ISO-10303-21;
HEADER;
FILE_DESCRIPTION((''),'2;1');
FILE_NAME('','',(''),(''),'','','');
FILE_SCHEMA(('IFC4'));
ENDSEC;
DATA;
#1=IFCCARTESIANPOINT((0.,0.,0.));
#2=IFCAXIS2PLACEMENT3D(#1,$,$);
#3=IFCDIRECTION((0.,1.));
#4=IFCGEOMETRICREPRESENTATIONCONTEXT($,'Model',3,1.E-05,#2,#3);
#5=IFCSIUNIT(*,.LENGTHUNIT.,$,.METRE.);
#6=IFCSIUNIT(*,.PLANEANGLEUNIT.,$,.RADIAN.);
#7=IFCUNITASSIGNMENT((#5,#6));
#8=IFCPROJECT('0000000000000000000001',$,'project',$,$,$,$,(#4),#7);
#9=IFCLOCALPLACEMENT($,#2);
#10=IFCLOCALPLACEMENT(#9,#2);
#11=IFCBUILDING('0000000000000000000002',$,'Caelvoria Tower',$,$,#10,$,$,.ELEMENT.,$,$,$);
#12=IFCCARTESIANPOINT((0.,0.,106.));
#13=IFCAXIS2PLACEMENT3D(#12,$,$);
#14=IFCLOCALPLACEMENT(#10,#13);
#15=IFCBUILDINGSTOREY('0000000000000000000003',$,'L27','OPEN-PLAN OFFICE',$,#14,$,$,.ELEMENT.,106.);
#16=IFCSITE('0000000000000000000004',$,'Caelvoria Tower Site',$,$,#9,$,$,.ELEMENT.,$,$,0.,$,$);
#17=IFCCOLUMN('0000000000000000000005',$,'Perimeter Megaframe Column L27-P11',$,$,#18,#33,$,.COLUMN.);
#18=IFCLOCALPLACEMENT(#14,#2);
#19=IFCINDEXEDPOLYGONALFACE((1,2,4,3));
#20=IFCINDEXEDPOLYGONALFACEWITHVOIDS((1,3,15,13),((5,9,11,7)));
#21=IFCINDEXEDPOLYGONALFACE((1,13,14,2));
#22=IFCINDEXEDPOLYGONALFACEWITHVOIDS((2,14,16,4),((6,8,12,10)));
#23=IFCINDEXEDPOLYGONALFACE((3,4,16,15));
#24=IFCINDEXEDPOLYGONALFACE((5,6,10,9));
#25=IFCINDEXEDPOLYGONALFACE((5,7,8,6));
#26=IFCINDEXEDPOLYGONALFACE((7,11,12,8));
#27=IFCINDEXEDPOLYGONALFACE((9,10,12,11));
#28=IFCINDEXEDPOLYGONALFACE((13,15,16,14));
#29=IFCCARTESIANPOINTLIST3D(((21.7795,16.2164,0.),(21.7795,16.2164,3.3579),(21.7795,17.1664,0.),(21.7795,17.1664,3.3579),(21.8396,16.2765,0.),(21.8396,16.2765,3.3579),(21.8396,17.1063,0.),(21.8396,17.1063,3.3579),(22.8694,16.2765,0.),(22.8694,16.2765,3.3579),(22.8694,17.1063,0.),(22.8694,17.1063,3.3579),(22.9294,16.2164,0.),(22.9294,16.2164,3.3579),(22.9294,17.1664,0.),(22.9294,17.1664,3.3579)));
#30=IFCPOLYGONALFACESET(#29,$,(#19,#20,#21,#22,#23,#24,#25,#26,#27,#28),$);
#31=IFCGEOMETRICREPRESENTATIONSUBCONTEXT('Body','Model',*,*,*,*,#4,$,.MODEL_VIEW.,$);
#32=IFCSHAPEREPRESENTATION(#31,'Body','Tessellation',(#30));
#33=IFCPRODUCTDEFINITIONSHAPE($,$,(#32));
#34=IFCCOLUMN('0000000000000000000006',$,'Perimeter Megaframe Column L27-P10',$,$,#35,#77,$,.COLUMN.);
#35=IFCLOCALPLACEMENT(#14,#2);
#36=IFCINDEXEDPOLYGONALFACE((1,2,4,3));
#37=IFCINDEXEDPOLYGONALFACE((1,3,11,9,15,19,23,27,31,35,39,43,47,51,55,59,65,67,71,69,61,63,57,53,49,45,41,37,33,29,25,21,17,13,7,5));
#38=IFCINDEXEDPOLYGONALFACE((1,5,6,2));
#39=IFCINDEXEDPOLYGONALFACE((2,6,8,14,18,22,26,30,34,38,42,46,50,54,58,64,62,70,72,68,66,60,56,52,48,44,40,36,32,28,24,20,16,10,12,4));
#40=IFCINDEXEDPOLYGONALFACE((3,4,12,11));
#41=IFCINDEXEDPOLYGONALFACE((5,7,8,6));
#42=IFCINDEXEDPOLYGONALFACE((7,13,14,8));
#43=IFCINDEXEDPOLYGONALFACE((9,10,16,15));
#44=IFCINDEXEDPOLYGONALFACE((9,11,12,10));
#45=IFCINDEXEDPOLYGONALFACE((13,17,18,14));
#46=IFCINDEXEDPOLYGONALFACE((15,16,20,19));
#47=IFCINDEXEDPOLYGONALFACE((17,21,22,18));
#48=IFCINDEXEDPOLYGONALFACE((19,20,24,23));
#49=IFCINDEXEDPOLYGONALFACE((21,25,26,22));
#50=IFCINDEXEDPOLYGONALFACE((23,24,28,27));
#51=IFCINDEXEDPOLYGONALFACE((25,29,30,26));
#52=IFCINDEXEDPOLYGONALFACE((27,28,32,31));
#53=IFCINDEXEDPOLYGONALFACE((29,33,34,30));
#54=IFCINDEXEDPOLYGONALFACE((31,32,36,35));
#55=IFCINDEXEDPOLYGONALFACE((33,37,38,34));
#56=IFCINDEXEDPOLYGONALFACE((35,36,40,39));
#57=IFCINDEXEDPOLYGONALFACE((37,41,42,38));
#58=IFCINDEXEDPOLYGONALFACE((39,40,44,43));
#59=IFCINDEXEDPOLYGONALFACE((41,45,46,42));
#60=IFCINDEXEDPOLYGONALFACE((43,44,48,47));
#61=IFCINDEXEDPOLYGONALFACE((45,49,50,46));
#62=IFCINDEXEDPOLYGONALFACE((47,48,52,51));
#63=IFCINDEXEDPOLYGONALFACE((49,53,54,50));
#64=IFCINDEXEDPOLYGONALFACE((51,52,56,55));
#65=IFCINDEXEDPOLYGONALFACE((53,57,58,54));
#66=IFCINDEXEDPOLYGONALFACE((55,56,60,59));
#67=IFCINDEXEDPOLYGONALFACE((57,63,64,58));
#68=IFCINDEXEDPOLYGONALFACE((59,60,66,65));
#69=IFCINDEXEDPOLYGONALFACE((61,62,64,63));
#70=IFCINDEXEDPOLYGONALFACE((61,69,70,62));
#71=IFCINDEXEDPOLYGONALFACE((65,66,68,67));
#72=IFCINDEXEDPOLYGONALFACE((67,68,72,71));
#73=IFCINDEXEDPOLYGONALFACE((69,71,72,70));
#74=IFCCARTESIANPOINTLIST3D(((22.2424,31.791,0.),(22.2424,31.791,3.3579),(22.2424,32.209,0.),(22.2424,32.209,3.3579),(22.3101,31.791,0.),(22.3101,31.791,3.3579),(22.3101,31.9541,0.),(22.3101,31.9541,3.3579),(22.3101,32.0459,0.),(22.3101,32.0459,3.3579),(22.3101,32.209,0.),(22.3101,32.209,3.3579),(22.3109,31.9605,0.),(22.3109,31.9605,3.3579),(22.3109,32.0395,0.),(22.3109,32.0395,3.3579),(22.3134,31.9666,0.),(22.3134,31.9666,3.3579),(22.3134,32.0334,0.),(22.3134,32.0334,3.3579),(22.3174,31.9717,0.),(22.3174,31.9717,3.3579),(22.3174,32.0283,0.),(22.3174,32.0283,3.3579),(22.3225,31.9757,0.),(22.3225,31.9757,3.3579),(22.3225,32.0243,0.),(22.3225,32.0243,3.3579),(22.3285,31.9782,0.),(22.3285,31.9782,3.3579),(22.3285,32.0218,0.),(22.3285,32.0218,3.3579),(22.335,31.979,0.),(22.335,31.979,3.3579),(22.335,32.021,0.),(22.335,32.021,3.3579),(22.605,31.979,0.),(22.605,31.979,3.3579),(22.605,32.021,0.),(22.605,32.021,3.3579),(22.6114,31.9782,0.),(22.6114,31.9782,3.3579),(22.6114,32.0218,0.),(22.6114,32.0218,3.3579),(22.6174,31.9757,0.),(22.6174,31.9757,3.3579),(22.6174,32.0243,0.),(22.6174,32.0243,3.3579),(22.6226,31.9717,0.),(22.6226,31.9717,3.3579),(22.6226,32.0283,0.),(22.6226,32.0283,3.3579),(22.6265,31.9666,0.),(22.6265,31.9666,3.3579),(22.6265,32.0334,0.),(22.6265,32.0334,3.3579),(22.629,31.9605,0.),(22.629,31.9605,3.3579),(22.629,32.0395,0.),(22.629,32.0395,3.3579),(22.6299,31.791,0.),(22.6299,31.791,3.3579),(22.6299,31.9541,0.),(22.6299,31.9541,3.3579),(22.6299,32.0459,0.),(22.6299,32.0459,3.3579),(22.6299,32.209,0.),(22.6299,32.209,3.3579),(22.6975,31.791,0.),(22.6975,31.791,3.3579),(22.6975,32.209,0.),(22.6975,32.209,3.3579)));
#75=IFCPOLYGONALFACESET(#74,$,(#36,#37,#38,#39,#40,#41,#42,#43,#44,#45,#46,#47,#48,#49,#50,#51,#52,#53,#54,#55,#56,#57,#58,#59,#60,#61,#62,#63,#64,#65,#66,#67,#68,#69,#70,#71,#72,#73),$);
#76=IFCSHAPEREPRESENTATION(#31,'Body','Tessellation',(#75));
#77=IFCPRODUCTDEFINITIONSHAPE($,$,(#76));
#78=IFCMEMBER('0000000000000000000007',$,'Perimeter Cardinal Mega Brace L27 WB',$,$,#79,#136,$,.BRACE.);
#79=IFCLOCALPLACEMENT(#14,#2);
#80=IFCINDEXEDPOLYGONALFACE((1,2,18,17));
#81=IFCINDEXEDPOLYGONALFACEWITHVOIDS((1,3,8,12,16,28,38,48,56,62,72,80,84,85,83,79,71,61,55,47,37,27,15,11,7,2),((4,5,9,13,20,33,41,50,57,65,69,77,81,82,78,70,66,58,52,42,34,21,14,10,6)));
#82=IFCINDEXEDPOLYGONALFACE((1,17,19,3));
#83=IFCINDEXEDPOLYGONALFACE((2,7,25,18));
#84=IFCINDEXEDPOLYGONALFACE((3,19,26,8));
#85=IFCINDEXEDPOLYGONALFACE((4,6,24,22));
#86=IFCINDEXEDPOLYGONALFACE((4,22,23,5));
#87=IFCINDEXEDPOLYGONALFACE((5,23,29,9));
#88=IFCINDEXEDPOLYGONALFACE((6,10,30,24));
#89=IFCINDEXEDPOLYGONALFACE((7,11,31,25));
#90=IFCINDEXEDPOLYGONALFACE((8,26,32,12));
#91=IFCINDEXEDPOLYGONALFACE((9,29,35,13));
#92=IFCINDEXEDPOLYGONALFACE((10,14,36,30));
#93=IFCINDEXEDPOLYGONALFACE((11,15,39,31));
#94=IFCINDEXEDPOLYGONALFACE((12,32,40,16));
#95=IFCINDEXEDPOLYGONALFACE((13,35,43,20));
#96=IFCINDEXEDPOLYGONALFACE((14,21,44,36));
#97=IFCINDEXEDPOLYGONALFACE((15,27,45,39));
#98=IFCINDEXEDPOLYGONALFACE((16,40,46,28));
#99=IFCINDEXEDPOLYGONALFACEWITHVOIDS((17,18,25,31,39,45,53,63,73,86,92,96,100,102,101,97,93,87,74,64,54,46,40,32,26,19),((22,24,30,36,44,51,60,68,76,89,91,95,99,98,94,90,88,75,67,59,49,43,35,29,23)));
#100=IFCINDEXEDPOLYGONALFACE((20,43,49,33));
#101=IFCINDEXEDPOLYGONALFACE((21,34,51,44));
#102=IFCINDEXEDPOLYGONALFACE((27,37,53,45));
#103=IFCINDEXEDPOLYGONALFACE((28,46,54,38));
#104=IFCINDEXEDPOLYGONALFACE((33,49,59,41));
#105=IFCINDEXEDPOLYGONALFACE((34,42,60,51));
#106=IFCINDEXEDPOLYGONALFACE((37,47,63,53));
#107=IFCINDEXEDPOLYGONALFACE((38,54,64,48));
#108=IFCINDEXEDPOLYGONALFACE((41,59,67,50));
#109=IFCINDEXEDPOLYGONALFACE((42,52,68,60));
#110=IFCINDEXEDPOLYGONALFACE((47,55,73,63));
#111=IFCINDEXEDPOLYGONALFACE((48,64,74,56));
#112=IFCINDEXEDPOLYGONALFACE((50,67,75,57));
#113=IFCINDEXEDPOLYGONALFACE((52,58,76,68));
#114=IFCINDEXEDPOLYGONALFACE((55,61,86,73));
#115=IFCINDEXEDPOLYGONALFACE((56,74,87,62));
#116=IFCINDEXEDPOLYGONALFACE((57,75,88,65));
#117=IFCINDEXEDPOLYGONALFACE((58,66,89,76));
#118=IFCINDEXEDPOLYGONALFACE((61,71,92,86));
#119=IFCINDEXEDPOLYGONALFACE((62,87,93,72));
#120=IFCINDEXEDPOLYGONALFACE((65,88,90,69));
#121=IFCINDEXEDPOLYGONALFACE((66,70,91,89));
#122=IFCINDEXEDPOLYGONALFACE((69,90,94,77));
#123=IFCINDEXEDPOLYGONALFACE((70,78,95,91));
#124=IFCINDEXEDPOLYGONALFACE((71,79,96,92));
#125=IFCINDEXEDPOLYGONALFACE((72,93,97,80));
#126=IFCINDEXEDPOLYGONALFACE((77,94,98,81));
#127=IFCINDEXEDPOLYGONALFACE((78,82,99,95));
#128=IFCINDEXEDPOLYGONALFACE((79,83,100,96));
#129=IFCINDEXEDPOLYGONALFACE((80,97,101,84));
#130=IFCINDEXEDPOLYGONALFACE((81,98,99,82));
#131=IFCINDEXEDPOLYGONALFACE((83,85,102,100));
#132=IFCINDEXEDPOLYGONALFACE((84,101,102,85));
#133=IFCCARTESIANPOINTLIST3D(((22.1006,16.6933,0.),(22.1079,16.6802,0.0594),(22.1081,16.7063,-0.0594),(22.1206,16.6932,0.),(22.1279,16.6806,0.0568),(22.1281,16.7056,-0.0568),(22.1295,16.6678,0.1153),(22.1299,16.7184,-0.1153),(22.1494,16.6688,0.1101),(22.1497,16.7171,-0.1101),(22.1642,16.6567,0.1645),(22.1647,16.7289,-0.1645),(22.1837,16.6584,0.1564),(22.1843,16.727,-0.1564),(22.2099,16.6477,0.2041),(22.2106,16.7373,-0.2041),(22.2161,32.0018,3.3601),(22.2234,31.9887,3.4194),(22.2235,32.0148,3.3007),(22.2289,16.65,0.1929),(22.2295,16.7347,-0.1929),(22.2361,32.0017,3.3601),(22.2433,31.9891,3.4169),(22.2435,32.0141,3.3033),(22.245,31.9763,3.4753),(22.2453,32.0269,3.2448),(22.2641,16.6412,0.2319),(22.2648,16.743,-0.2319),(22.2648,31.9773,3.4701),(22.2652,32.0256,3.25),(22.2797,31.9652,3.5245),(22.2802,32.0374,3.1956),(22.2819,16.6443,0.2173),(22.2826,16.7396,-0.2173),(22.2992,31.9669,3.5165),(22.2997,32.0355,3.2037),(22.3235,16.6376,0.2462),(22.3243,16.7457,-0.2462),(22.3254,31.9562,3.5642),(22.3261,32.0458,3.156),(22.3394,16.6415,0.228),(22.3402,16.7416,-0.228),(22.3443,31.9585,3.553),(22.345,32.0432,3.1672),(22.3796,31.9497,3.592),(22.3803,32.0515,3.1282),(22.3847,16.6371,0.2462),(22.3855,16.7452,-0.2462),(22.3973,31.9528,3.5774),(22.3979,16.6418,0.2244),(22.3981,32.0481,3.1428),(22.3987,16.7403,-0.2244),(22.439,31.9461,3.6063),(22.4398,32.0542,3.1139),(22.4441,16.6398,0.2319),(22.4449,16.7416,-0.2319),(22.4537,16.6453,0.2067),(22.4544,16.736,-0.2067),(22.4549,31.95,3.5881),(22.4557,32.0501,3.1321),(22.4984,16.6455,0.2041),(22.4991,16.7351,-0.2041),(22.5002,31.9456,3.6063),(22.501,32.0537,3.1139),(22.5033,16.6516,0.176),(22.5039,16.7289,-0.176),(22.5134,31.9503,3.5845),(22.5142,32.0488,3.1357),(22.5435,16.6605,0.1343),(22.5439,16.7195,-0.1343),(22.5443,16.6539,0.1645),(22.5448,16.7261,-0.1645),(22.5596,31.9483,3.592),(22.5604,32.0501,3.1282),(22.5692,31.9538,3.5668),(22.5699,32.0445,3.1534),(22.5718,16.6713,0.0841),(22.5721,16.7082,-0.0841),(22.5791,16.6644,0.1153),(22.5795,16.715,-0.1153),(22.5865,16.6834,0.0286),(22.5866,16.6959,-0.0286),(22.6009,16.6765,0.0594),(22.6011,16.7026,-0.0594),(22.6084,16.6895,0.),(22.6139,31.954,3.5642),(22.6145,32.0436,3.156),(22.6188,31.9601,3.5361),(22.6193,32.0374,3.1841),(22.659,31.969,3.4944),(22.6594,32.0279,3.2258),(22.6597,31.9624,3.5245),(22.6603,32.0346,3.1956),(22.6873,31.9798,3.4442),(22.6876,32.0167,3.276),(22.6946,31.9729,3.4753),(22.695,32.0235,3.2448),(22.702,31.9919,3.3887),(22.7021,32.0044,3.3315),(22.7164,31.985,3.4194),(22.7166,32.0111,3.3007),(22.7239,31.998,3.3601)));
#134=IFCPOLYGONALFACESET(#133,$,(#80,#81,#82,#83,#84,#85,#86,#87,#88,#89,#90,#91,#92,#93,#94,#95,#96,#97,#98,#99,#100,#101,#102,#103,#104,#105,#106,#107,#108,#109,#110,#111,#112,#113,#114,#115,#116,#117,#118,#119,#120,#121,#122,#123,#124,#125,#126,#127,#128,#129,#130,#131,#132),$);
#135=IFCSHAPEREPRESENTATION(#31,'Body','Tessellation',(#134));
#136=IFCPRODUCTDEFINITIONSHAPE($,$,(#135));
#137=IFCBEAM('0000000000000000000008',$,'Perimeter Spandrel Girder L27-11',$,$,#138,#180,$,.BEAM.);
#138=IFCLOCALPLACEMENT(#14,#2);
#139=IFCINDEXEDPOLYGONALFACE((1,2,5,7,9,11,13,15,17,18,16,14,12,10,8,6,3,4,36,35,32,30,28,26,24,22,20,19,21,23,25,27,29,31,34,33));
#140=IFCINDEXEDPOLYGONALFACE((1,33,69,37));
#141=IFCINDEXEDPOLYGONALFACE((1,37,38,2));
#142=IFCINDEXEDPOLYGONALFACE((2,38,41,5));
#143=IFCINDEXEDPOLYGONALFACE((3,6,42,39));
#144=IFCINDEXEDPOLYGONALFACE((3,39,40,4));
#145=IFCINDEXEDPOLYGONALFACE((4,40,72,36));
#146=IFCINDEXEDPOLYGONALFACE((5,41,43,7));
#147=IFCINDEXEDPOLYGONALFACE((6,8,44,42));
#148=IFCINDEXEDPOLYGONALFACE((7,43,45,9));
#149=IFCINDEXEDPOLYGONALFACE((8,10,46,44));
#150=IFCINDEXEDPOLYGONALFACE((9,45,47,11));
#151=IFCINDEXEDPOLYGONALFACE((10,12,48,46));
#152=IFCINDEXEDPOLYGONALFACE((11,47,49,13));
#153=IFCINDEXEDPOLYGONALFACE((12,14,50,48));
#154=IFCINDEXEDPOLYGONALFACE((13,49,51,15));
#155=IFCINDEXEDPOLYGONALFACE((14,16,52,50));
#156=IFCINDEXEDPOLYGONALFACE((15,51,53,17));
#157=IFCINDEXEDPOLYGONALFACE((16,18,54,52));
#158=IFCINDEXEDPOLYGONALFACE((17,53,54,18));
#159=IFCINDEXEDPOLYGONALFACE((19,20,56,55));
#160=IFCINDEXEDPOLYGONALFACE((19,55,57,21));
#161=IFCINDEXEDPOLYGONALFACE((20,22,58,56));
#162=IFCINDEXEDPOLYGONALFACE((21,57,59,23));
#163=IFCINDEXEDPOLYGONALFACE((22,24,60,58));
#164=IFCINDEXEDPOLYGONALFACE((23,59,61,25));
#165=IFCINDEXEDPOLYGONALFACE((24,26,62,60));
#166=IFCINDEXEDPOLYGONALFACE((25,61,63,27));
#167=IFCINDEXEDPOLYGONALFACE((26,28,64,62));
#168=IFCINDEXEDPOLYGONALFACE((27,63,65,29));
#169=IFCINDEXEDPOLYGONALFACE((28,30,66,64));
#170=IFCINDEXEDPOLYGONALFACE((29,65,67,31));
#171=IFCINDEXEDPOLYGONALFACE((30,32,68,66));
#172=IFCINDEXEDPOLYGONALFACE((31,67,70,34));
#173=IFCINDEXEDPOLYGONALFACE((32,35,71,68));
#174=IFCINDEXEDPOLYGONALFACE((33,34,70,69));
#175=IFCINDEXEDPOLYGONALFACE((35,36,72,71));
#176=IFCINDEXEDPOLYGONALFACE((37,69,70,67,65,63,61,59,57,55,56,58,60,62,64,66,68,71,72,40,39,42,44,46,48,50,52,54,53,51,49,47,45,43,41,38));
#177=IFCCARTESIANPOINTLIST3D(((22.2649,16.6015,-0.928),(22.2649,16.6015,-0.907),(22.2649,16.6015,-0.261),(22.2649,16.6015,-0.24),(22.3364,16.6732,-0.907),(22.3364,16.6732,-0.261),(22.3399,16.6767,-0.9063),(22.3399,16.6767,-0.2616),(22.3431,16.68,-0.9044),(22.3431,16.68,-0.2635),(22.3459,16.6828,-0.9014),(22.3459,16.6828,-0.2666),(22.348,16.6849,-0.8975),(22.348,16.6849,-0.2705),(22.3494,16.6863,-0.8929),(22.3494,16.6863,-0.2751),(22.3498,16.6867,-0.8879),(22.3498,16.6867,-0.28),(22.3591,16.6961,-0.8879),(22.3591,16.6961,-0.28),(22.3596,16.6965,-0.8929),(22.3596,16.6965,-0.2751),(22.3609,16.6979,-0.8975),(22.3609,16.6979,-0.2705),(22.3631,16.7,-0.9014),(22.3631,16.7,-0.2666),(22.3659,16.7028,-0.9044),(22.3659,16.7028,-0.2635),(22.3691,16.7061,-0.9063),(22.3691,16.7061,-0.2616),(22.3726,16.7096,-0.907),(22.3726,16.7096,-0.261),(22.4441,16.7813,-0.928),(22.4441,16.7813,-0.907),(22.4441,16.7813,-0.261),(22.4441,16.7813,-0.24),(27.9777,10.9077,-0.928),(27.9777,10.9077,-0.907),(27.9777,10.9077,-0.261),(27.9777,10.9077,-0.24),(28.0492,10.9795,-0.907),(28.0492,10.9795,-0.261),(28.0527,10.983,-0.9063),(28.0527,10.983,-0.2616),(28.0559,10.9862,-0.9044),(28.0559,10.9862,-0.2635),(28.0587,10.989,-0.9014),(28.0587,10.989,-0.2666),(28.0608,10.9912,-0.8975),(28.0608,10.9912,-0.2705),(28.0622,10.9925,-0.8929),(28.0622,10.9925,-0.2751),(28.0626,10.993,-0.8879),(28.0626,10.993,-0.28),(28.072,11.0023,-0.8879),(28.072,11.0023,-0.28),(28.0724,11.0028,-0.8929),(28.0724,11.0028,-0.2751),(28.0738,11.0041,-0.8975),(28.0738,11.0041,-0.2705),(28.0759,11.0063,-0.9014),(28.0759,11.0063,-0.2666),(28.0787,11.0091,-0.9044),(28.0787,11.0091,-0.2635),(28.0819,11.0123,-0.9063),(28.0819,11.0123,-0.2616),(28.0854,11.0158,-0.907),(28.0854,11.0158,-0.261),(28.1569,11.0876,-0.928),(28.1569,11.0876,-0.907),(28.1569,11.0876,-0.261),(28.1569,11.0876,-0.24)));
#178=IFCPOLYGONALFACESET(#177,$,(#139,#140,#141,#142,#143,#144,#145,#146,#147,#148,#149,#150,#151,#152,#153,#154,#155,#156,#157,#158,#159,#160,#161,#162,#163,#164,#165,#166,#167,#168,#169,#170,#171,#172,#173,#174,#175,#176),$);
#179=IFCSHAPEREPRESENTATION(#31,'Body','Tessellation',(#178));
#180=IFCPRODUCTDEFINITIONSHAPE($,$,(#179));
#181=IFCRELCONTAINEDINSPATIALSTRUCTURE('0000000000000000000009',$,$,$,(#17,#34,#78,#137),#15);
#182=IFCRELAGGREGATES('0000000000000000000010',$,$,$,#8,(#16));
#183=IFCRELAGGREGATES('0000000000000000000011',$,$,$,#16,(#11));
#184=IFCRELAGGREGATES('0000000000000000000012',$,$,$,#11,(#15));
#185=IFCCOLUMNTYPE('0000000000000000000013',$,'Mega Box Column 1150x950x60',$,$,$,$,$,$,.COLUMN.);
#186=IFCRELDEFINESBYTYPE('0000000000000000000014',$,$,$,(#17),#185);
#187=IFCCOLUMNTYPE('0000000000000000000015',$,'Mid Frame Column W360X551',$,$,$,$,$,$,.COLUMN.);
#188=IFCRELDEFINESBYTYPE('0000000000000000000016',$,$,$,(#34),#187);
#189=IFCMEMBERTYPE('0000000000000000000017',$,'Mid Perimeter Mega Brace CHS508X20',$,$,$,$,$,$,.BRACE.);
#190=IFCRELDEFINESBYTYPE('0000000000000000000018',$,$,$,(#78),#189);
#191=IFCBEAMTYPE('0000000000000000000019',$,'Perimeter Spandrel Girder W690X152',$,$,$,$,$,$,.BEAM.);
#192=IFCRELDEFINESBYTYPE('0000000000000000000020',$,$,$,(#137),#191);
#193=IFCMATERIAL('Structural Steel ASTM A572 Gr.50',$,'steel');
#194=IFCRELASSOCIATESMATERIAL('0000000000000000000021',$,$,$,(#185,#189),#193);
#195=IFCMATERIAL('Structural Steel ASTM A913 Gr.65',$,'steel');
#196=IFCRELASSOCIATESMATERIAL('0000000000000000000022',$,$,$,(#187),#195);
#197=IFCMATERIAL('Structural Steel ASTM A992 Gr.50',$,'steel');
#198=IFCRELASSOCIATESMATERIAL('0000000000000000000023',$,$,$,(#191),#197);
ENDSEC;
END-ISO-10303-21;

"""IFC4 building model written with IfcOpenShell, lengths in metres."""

from ifc_helpers import new_model, si_unit, direction, frame, origin, origin_2d, place, context, subcontext, project, spatial, hollow_rectangle, hollow_circle, i_section, extrude, material, material_profile, profile_set, type_object, element, save


model = new_model("IFC4")

# Units and contexts
model_context = context("Model", 3, precision=1e-05, world=origin(), true_north=direction((0.0, 1.0)))
body_context = subcontext(model_context, "Body", "Model", "MODEL_VIEW")
ifc_project = project(units=[si_unit("LENGTHUNIT", "METRE"), si_unit("PLANEANGLEUNIT", "RADIAN")], contexts=[model_context])

# Site, building, storey
site_placement = place(None, origin())
site = spatial("IfcSite", under=ifc_project, at=site_placement, Name="Caelvoria Tower Site", CompositionType="ELEMENT", RefElevation=0.0)
building_placement = place(site_placement, origin())
building = spatial("IfcBuilding", under=site, at=building_placement, Name="Caelvoria Tower", CompositionType="ELEMENT")
storey_placement = place(building_placement, frame((0.0, 0.0, 106.0)))
storey = spatial("IfcBuildingStorey", under=building, at=storey_placement, Name="L27", Description="OPEN-PLAN OFFICE", CompositionType="ELEMENT", Elevation=106.0)

# Columns
ifc_material_1 = material(Name="Structural Steel ASTM A572 Gr.50", Category="steel")
ifc_material_profile_1 = material_profile(ifc_material_1, hollow_rectangle(XDim=0.95, YDim=1.1499, WallThickness=0.0601, at=origin_2d()), Name="Structural Steel ASTM A572 Gr.50")
ifc_profile_set_1 = profile_set([ifc_material_profile_1], Name="BOX1150X950X60 - Structural Steel ASTM A572 Gr.50")
column_type_1 = type_object("IfcColumnType", Name="Mega Box Column 1150x950x60", PredefinedType="COLUMN", material=ifc_profile_set_1)
column_1_placement = place(storey_placement, frame((22.3545, 16.6914, 0.0), z_axis=(0.0, 0.0, 1.0), x_axis=(0.0, 1.0, 0.0)))
element("IfcColumn", 1, at=column_1_placement, inside=storey, type_object=column_type_1, Name="Perimeter Megaframe Column L27-P11", PredefinedType="COLUMN", context=body_context, shape_type="SweptSolid", body=[
    extrude(hollow_rectangle(XDim=0.95, YDim=1.1499, WallThickness=0.0601, at=origin_2d()), origin(), (0.0, 0.0, 1.0), 3.3579),
])
ifc_material_2 = material(Name="Structural Steel ASTM A913 Gr.65", Category="steel")
ifc_material_profile_2 = material_profile(ifc_material_2, i_section(OverallWidth=0.418, OverallDepth=0.4551, WebThickness=0.042, FlangeThickness=0.0676, FilletRadius=0.0249, at=origin_2d()), Name="Structural Steel ASTM A913 Gr.65")
ifc_profile_set_2 = profile_set([ifc_material_profile_2], Name="W360X551 - Structural Steel ASTM A913 Gr.65")
column_type_2 = type_object("IfcColumnType", Name="Mid Frame Column W360X551", PredefinedType="COLUMN", material=ifc_profile_set_2)
column_2_placement = place(storey_placement, frame((22.47, 32.0, 0.0), z_axis=(0.0, 0.0, 1.0), x_axis=(0.0, 1.0, 0.0)))
element("IfcColumn", 2, at=column_2_placement, inside=storey, type_object=column_type_2, Name="Perimeter Megaframe Column L27-P10", PredefinedType="COLUMN", context=body_context, shape_type="SweptSolid", body=[
    extrude(i_section(OverallWidth=0.418, OverallDepth=0.4551, WebThickness=0.042, FlangeThickness=0.0676, FilletRadius=0.0249, at=origin_2d()), origin(), (0.0, 0.0, 1.0), 3.3579),
])

# Member
ifc_material_profile_3 = material_profile(ifc_material_1, hollow_circle(Radius=0.2539, WallThickness=0.02, at=origin_2d()), Name="Structural Steel ASTM A572 Gr.50")
ifc_profile_set_3 = profile_set([ifc_material_profile_3], Name="CHS508X20 - Structural Steel ASTM A572 Gr.50")
member_type = type_object("IfcMemberType", Name="Mid Perimeter Mega Brace CHS508X20", PredefinedType="BRACE", material=ifc_profile_set_3)
member_placement = place(storey_placement, frame((22.3545, 16.6914, 0.0), z_axis=(0.007368, 0.976722, 0.214382), x_axis=(-0.999972, 0.007543, 0.0)))
element("IfcMember", 3, at=member_placement, inside=storey, type_object=member_type, Name="Perimeter Cardinal Mega Brace L27 WB", PredefinedType="BRACE", context=body_context, shape_type="SweptSolid", body=[
    extrude(hollow_circle(Radius=0.2539, WallThickness=0.02, at=origin_2d()), origin(), (0.0, 0.0, 1.0), 15.6733),
])

# Beam
ifc_material_3 = material(Name="Structural Steel ASTM A992 Gr.50", Category="steel")
ifc_material_profile_4 = material_profile(ifc_material_3, i_section(OverallWidth=0.2539, OverallDepth=0.688, WebThickness=0.0132, FlangeThickness=0.021, FilletRadius=0.019, at=origin_2d()), Name="Structural Steel ASTM A992 Gr.50")
ifc_profile_set_4 = profile_set([ifc_material_profile_4], Name="W690X152 - Structural Steel ASTM A992 Gr.50")
beam_type = type_object("IfcBeamType", Name="Perimeter Spandrel Girder W690X152", PredefinedType="BEAM", material=ifc_profile_set_4)
beam_placement = place(storey_placement, frame((22.3545, 16.6914, -0.584), z_axis=(0.708286, -0.705925, 0.0), x_axis=(0.705925, 0.708286, 0.0)))
element("IfcBeam", 4, at=beam_placement, inside=storey, type_object=beam_type, Name="Perimeter Spandrel Girder L27-11", PredefinedType="BEAM", context=body_context, shape_type="SweptSolid", body=[
    extrude(i_section(OverallWidth=0.2539, OverallDepth=0.688, WebThickness=0.0132, FlangeThickness=0.021, FilletRadius=0.019, at=origin_2d()), origin(), (0.0, 0.0, 1.0), 8.0657),
])

save(model, "model.ifc")
